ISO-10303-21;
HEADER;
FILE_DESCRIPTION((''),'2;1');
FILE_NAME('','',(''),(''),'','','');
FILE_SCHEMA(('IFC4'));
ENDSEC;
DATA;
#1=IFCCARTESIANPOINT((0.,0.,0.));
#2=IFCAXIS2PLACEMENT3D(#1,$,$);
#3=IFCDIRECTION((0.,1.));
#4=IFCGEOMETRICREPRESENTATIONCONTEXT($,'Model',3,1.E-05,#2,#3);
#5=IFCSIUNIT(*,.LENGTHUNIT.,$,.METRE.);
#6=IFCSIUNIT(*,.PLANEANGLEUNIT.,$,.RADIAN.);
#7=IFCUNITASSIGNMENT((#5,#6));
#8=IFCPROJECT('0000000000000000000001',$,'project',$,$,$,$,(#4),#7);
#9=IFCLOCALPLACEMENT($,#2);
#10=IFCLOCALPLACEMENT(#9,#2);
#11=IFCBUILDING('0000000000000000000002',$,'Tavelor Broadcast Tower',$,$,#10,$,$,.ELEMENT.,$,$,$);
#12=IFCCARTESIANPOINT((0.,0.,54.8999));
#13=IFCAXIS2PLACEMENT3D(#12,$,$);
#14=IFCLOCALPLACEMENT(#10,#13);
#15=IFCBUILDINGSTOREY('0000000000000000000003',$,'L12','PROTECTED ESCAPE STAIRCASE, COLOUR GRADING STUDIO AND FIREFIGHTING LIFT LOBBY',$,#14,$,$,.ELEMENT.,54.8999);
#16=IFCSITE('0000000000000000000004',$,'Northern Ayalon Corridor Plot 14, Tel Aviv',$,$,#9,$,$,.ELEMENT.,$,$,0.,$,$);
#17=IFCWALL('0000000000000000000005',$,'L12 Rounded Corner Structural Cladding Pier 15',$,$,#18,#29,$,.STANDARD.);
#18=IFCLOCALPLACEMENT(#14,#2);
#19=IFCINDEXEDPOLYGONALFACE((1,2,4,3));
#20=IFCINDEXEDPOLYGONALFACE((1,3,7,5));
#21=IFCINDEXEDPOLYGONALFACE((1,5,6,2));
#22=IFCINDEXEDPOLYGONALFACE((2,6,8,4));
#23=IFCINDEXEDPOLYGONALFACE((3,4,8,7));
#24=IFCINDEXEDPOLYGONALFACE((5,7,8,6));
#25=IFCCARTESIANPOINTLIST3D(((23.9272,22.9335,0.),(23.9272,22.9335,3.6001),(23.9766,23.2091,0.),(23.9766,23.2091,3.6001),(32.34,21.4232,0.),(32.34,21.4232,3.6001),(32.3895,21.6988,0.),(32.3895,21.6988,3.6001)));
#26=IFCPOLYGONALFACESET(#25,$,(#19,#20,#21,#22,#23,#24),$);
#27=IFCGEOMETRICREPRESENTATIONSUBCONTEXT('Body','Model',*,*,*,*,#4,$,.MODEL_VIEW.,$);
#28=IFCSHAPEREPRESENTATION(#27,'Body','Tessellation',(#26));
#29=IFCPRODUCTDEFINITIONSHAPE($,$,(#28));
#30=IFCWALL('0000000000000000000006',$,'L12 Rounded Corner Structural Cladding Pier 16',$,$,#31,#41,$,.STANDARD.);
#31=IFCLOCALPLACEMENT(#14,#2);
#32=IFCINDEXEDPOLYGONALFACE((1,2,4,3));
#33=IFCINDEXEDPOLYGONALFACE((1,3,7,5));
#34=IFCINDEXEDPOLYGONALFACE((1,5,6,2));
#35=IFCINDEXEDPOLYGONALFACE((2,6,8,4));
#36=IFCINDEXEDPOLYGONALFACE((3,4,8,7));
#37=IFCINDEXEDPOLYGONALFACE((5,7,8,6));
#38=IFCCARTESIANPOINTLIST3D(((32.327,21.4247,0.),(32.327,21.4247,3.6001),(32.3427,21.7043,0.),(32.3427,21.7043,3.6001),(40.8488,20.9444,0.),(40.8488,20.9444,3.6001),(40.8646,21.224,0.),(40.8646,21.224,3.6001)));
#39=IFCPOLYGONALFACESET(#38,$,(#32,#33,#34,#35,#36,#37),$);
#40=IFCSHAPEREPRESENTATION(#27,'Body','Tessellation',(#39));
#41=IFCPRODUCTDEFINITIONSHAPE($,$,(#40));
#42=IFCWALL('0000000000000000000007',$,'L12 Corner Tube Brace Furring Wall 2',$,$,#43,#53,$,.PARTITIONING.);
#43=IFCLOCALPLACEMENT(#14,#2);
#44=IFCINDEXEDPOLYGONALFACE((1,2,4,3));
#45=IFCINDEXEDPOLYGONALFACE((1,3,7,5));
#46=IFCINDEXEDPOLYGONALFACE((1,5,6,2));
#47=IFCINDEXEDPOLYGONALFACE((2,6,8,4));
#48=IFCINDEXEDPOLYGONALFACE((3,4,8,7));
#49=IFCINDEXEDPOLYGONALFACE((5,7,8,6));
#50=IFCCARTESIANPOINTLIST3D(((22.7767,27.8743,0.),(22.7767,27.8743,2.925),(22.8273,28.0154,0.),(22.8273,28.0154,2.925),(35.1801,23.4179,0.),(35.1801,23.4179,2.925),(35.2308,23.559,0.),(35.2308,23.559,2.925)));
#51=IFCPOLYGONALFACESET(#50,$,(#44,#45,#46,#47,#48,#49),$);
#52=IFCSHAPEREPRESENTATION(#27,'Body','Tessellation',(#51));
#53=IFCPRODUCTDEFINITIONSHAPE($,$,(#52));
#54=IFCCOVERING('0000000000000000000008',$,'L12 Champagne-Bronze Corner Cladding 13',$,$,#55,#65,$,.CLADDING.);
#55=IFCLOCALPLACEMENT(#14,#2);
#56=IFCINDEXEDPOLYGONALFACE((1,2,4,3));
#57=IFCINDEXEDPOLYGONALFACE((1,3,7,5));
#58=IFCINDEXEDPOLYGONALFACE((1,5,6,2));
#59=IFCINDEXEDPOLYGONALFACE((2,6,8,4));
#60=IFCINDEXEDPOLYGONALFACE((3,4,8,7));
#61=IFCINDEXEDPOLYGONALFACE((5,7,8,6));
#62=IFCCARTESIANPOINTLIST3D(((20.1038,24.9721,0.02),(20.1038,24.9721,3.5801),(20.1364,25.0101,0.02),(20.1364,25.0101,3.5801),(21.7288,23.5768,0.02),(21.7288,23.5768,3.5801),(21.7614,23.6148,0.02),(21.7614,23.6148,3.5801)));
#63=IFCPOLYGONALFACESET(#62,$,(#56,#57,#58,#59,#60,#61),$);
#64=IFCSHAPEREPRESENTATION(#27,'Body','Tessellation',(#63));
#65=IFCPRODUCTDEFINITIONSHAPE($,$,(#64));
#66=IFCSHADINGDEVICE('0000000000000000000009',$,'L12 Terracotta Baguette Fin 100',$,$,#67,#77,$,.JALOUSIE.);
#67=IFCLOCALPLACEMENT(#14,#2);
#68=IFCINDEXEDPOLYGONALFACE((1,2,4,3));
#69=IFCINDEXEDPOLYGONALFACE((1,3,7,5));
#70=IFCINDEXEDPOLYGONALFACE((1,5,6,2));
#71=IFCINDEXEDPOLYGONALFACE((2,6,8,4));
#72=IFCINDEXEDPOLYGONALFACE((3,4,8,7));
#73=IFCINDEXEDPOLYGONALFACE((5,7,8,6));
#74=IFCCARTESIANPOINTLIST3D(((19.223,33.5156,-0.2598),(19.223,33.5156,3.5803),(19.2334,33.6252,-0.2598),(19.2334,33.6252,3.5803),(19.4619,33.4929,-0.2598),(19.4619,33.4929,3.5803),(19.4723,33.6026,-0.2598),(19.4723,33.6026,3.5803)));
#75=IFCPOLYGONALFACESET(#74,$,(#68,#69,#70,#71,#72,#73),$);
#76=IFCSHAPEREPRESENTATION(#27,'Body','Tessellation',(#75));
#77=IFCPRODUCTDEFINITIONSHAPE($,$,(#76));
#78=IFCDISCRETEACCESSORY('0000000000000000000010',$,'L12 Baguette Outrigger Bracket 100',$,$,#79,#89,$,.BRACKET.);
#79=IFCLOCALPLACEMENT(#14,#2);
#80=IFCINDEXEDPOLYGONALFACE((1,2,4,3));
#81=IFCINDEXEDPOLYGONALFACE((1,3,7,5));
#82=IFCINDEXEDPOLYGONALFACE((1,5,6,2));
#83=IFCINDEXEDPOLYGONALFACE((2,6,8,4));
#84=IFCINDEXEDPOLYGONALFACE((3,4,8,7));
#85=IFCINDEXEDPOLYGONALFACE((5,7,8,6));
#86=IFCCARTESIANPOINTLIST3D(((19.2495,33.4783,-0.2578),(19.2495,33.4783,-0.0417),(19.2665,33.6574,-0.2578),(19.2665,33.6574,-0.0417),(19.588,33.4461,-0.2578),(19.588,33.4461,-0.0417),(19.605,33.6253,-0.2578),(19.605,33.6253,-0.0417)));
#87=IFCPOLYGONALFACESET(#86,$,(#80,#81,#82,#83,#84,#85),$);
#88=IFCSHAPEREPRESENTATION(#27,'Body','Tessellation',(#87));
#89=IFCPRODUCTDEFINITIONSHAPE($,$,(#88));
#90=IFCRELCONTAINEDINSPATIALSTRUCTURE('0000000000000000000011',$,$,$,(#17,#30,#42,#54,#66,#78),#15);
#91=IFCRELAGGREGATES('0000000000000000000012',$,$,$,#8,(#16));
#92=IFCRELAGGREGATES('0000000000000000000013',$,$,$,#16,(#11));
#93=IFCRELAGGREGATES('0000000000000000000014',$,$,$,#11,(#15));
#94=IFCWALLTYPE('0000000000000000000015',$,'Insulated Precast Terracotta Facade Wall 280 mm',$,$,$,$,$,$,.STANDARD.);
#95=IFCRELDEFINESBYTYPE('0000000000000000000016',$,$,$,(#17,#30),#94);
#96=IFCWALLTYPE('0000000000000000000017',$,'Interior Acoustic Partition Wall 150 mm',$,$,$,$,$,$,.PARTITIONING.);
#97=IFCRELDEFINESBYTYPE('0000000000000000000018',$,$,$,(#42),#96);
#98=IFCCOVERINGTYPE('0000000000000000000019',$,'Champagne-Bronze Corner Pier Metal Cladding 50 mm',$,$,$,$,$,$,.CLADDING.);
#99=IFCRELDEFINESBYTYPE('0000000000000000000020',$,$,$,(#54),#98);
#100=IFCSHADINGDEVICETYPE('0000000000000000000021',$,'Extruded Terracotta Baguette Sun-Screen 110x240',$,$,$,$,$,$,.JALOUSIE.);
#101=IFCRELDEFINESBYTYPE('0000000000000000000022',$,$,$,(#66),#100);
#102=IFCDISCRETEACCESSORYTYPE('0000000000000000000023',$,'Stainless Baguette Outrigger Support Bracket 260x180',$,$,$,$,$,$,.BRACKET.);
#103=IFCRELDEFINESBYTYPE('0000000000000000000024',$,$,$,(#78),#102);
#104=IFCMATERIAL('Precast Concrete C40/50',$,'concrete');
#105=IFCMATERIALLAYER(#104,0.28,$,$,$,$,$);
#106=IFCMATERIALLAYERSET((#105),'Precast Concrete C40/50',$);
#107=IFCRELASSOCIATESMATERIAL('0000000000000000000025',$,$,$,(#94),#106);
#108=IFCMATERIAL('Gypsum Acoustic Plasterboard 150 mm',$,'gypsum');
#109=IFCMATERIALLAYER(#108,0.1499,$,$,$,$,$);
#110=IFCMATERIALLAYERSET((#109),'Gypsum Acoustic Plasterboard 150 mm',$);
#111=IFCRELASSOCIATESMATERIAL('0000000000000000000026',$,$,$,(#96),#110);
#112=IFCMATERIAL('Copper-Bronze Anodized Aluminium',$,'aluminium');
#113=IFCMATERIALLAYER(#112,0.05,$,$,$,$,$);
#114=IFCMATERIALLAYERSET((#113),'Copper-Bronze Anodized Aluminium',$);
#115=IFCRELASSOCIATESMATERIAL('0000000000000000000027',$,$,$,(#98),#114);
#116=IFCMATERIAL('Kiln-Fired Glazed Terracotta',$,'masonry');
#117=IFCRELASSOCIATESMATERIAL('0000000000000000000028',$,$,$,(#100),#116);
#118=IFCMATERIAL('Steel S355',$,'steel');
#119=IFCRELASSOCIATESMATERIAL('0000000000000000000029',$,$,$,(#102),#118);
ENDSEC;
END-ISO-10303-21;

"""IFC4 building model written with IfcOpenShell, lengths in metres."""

from ifc_helpers import new_model, si_unit, direction, frame, frame_2d, origin, origin_2d, place, context, subcontext, project, spatial, rectangle, extrude, source, transform, mapped, material, layer, layer_set, type_object, type_shapes, element, save


model = new_model("IFC4")

# Units and contexts
model_context = context("Model", 3, precision=1e-05, world=origin(), true_north=direction((0.0, 1.0)))
body_context = subcontext(model_context, "Body", "Model", "MODEL_VIEW")
ifc_project = project(units=[si_unit("LENGTHUNIT", "METRE"), si_unit("PLANEANGLEUNIT", "RADIAN")], contexts=[model_context])

# Site, building, storey
site_placement = place(None, origin())
site = spatial("IfcSite", under=ifc_project, at=site_placement, Name="Northern Ayalon Corridor Plot 14, Tel Aviv", CompositionType="ELEMENT", RefElevation=0.0)
building_placement = place(site_placement, origin())
building = spatial("IfcBuilding", under=site, at=building_placement, Name="Tavelor Broadcast Tower", CompositionType="ELEMENT")
storey_placement = place(building_placement, frame((0.0, 0.0, 54.8999)))
storey = spatial("IfcBuildingStorey", under=building, at=storey_placement, Name="L12", Description="PROTECTED ESCAPE STAIRCASE, COLOUR GRADING STUDIO AND FIREFIGHTING LIFT LOBBY", CompositionType="ELEMENT", Elevation=54.8999)

# Shared definitions
ifc_material_1 = material(Name="Steel S355", Category="steel")

# Walls
ifc_material_2 = material(Name="Precast Concrete C40/50", Category="concrete")
ifc_layer_1 = layer(ifc_material_2, 0.28)
ifc_layer_set_1 = layer_set([ifc_layer_1], Name="Precast Concrete C40/50")
wall_type_1 = type_object("IfcWallType", Name="Insulated Precast Terracotta Facade Wall 280 mm", PredefinedType="STANDARD", material=ifc_layer_set_1)
wall_1_placement = place(storey_placement, frame((23.9519, 23.0713, 0.0), z_axis=(0.0, 0.0, 1.0), x_axis=(0.984266, -0.176693, 0.0)))
element("IfcWall", 1, at=wall_1_placement, inside=storey, type_object=wall_type_1, Name="L12 Rounded Corner Structural Cladding Pier 15", PredefinedType="STANDARD", context=body_context, shape_type="SweptSolid", body=[
    extrude(rectangle(XDim=8.5474, YDim=0.28, at=frame_2d((4.2737, 0.0))), origin(), (0.0, 0.0, 1.0), 3.6001),
])
wall_2_placement = place(storey_placement, frame((32.335, 21.5645, 0.0), z_axis=(0.0, 0.0, 1.0), x_axis=(0.998416, -0.056262, 0.0)))
element("IfcWall", 2, at=wall_2_placement, inside=storey, type_object=wall_type_1, Name="L12 Rounded Corner Structural Cladding Pier 16", PredefinedType="STANDARD", context=body_context, shape_type="SweptSolid", body=[
    extrude(rectangle(XDim=8.5354, YDim=0.28, at=frame_2d((4.2676, 0.0))), origin(), (0.0, 0.0, 1.0), 3.6001),
])
ifc_material_3 = material(Name="Gypsum Acoustic Plasterboard 150 mm", Category="gypsum")
ifc_layer_2 = layer(ifc_material_3, 0.1499)
ifc_layer_set_2 = layer_set([ifc_layer_2], Name="Gypsum Acoustic Plasterboard 150 mm")
wall_type_2 = type_object("IfcWallType", Name="Interior Acoustic Partition Wall 150 mm", PredefinedType="PARTITIONING", material=ifc_layer_set_2)
wall_3_placement = place(storey_placement, frame((22.802, 27.9448, 0.0), z_axis=(0.0, 0.0, 1.0), x_axis=(0.941102, -0.338122, 0.0)))
element("IfcWall", 3, at=wall_3_placement, inside=storey, type_object=wall_type_2, Name="L12 Corner Tube Brace Furring Wall 2", PredefinedType="PARTITIONING", context=body_context, shape_type="SweptSolid", body=[
    extrude(rectangle(XDim=13.1797, YDim=0.1499, at=frame_2d((6.5898, 0.0))), origin(), (0.0, 0.0, 1.0), 2.925),
])

# Covering
ifc_material_4 = material(Name="Copper-Bronze Anodized Aluminium", Category="aluminium")
ifc_layer_3 = layer(ifc_material_4, 0.05)
ifc_layer_set_3 = layer_set([ifc_layer_3], Name="Copper-Bronze Anodized Aluminium")
covering_type = type_object("IfcCoveringType", Name="Champagne-Bronze Corner Pier Metal Cladding 50 mm", PredefinedType="CLADDING", material=ifc_layer_set_3)
covering_placement = place(storey_placement, frame((20.9326, 24.2935, 0.02), z_axis=(0.0, 0.0, 1.0), x_axis=(0.758703, -0.651437, 0.0)))
element("IfcCovering", 4, at=covering_placement, inside=storey, type_object=covering_type, Name="L12 Champagne-Bronze Corner Cladding 13", PredefinedType="CLADDING", context=body_context, shape_type="SweptSolid", body=[
    extrude(rectangle(XDim=2.1418, YDim=0.05, at=origin_2d()), origin(), (0.0, 0.0, 1.0), 3.5601),
])

# Shading device
ifc_material_5 = material(Name="Kiln-Fired Glazed Terracotta", Category="masonry")
shading_device_type = type_object("IfcShadingDeviceType", Name="Extruded Terracotta Baguette Sun-Screen 110x240", PredefinedType="JALOUSIE", material=ifc_material_5)
shared_shape_1 = source(origin(), body_context, "Body", "SweptSolid", [
    extrude(rectangle(XDim=0.1101, YDim=0.24, at=origin_2d()), origin(), (0.0, 0.0, 1.0), 3.8401),
])
type_shapes(shading_device_type, [shared_shape_1])
shading_device_placement = place(storey_placement, frame((19.3477, 33.5591, -0.2598), z_axis=(0.0, 0.0, 1.0), x_axis=(-0.094456, -0.995529, 0.0)))
element("IfcShadingDevice", 5, at=shading_device_placement, inside=storey, type_object=shading_device_type, Name="L12 Terracotta Baguette Fin 100", PredefinedType="JALOUSIE", context=body_context, shape_type="MappedRepresentation", body=[
    mapped(shared_shape_1, transform((0.0, 0.0, 0.0), scale=1.0)),
])

# Discrete accessory
discrete_accessory_type = type_object("IfcDiscreteAccessoryType", Name="Stainless Baguette Outrigger Support Bracket 260x180", PredefinedType="BRACKET", material=ifc_material_1)
shared_shape_2 = source(origin(), body_context, "Body", "SweptSolid", [
    extrude(rectangle(XDim=0.1799, YDim=0.3401, at=origin_2d()), origin(), (0.0, 0.0, 1.0), 0.2161),
])
type_shapes(discrete_accessory_type, [shared_shape_2])
discrete_accessory_placement = place(storey_placement, frame((19.4272, 33.5518, -0.2578), z_axis=(0.0, 0.0, 1.0), x_axis=(-0.094456, -0.995529, 0.0)))
element("IfcDiscreteAccessory", 6, at=discrete_accessory_placement, inside=storey, type_object=discrete_accessory_type, Name="L12 Baguette Outrigger Bracket 100", PredefinedType="BRACKET", context=body_context, shape_type="MappedRepresentation", body=[
    mapped(shared_shape_2, transform((0.0, 0.0, 0.0), scale=1.0)),
])

save(model, "model.ifc")
